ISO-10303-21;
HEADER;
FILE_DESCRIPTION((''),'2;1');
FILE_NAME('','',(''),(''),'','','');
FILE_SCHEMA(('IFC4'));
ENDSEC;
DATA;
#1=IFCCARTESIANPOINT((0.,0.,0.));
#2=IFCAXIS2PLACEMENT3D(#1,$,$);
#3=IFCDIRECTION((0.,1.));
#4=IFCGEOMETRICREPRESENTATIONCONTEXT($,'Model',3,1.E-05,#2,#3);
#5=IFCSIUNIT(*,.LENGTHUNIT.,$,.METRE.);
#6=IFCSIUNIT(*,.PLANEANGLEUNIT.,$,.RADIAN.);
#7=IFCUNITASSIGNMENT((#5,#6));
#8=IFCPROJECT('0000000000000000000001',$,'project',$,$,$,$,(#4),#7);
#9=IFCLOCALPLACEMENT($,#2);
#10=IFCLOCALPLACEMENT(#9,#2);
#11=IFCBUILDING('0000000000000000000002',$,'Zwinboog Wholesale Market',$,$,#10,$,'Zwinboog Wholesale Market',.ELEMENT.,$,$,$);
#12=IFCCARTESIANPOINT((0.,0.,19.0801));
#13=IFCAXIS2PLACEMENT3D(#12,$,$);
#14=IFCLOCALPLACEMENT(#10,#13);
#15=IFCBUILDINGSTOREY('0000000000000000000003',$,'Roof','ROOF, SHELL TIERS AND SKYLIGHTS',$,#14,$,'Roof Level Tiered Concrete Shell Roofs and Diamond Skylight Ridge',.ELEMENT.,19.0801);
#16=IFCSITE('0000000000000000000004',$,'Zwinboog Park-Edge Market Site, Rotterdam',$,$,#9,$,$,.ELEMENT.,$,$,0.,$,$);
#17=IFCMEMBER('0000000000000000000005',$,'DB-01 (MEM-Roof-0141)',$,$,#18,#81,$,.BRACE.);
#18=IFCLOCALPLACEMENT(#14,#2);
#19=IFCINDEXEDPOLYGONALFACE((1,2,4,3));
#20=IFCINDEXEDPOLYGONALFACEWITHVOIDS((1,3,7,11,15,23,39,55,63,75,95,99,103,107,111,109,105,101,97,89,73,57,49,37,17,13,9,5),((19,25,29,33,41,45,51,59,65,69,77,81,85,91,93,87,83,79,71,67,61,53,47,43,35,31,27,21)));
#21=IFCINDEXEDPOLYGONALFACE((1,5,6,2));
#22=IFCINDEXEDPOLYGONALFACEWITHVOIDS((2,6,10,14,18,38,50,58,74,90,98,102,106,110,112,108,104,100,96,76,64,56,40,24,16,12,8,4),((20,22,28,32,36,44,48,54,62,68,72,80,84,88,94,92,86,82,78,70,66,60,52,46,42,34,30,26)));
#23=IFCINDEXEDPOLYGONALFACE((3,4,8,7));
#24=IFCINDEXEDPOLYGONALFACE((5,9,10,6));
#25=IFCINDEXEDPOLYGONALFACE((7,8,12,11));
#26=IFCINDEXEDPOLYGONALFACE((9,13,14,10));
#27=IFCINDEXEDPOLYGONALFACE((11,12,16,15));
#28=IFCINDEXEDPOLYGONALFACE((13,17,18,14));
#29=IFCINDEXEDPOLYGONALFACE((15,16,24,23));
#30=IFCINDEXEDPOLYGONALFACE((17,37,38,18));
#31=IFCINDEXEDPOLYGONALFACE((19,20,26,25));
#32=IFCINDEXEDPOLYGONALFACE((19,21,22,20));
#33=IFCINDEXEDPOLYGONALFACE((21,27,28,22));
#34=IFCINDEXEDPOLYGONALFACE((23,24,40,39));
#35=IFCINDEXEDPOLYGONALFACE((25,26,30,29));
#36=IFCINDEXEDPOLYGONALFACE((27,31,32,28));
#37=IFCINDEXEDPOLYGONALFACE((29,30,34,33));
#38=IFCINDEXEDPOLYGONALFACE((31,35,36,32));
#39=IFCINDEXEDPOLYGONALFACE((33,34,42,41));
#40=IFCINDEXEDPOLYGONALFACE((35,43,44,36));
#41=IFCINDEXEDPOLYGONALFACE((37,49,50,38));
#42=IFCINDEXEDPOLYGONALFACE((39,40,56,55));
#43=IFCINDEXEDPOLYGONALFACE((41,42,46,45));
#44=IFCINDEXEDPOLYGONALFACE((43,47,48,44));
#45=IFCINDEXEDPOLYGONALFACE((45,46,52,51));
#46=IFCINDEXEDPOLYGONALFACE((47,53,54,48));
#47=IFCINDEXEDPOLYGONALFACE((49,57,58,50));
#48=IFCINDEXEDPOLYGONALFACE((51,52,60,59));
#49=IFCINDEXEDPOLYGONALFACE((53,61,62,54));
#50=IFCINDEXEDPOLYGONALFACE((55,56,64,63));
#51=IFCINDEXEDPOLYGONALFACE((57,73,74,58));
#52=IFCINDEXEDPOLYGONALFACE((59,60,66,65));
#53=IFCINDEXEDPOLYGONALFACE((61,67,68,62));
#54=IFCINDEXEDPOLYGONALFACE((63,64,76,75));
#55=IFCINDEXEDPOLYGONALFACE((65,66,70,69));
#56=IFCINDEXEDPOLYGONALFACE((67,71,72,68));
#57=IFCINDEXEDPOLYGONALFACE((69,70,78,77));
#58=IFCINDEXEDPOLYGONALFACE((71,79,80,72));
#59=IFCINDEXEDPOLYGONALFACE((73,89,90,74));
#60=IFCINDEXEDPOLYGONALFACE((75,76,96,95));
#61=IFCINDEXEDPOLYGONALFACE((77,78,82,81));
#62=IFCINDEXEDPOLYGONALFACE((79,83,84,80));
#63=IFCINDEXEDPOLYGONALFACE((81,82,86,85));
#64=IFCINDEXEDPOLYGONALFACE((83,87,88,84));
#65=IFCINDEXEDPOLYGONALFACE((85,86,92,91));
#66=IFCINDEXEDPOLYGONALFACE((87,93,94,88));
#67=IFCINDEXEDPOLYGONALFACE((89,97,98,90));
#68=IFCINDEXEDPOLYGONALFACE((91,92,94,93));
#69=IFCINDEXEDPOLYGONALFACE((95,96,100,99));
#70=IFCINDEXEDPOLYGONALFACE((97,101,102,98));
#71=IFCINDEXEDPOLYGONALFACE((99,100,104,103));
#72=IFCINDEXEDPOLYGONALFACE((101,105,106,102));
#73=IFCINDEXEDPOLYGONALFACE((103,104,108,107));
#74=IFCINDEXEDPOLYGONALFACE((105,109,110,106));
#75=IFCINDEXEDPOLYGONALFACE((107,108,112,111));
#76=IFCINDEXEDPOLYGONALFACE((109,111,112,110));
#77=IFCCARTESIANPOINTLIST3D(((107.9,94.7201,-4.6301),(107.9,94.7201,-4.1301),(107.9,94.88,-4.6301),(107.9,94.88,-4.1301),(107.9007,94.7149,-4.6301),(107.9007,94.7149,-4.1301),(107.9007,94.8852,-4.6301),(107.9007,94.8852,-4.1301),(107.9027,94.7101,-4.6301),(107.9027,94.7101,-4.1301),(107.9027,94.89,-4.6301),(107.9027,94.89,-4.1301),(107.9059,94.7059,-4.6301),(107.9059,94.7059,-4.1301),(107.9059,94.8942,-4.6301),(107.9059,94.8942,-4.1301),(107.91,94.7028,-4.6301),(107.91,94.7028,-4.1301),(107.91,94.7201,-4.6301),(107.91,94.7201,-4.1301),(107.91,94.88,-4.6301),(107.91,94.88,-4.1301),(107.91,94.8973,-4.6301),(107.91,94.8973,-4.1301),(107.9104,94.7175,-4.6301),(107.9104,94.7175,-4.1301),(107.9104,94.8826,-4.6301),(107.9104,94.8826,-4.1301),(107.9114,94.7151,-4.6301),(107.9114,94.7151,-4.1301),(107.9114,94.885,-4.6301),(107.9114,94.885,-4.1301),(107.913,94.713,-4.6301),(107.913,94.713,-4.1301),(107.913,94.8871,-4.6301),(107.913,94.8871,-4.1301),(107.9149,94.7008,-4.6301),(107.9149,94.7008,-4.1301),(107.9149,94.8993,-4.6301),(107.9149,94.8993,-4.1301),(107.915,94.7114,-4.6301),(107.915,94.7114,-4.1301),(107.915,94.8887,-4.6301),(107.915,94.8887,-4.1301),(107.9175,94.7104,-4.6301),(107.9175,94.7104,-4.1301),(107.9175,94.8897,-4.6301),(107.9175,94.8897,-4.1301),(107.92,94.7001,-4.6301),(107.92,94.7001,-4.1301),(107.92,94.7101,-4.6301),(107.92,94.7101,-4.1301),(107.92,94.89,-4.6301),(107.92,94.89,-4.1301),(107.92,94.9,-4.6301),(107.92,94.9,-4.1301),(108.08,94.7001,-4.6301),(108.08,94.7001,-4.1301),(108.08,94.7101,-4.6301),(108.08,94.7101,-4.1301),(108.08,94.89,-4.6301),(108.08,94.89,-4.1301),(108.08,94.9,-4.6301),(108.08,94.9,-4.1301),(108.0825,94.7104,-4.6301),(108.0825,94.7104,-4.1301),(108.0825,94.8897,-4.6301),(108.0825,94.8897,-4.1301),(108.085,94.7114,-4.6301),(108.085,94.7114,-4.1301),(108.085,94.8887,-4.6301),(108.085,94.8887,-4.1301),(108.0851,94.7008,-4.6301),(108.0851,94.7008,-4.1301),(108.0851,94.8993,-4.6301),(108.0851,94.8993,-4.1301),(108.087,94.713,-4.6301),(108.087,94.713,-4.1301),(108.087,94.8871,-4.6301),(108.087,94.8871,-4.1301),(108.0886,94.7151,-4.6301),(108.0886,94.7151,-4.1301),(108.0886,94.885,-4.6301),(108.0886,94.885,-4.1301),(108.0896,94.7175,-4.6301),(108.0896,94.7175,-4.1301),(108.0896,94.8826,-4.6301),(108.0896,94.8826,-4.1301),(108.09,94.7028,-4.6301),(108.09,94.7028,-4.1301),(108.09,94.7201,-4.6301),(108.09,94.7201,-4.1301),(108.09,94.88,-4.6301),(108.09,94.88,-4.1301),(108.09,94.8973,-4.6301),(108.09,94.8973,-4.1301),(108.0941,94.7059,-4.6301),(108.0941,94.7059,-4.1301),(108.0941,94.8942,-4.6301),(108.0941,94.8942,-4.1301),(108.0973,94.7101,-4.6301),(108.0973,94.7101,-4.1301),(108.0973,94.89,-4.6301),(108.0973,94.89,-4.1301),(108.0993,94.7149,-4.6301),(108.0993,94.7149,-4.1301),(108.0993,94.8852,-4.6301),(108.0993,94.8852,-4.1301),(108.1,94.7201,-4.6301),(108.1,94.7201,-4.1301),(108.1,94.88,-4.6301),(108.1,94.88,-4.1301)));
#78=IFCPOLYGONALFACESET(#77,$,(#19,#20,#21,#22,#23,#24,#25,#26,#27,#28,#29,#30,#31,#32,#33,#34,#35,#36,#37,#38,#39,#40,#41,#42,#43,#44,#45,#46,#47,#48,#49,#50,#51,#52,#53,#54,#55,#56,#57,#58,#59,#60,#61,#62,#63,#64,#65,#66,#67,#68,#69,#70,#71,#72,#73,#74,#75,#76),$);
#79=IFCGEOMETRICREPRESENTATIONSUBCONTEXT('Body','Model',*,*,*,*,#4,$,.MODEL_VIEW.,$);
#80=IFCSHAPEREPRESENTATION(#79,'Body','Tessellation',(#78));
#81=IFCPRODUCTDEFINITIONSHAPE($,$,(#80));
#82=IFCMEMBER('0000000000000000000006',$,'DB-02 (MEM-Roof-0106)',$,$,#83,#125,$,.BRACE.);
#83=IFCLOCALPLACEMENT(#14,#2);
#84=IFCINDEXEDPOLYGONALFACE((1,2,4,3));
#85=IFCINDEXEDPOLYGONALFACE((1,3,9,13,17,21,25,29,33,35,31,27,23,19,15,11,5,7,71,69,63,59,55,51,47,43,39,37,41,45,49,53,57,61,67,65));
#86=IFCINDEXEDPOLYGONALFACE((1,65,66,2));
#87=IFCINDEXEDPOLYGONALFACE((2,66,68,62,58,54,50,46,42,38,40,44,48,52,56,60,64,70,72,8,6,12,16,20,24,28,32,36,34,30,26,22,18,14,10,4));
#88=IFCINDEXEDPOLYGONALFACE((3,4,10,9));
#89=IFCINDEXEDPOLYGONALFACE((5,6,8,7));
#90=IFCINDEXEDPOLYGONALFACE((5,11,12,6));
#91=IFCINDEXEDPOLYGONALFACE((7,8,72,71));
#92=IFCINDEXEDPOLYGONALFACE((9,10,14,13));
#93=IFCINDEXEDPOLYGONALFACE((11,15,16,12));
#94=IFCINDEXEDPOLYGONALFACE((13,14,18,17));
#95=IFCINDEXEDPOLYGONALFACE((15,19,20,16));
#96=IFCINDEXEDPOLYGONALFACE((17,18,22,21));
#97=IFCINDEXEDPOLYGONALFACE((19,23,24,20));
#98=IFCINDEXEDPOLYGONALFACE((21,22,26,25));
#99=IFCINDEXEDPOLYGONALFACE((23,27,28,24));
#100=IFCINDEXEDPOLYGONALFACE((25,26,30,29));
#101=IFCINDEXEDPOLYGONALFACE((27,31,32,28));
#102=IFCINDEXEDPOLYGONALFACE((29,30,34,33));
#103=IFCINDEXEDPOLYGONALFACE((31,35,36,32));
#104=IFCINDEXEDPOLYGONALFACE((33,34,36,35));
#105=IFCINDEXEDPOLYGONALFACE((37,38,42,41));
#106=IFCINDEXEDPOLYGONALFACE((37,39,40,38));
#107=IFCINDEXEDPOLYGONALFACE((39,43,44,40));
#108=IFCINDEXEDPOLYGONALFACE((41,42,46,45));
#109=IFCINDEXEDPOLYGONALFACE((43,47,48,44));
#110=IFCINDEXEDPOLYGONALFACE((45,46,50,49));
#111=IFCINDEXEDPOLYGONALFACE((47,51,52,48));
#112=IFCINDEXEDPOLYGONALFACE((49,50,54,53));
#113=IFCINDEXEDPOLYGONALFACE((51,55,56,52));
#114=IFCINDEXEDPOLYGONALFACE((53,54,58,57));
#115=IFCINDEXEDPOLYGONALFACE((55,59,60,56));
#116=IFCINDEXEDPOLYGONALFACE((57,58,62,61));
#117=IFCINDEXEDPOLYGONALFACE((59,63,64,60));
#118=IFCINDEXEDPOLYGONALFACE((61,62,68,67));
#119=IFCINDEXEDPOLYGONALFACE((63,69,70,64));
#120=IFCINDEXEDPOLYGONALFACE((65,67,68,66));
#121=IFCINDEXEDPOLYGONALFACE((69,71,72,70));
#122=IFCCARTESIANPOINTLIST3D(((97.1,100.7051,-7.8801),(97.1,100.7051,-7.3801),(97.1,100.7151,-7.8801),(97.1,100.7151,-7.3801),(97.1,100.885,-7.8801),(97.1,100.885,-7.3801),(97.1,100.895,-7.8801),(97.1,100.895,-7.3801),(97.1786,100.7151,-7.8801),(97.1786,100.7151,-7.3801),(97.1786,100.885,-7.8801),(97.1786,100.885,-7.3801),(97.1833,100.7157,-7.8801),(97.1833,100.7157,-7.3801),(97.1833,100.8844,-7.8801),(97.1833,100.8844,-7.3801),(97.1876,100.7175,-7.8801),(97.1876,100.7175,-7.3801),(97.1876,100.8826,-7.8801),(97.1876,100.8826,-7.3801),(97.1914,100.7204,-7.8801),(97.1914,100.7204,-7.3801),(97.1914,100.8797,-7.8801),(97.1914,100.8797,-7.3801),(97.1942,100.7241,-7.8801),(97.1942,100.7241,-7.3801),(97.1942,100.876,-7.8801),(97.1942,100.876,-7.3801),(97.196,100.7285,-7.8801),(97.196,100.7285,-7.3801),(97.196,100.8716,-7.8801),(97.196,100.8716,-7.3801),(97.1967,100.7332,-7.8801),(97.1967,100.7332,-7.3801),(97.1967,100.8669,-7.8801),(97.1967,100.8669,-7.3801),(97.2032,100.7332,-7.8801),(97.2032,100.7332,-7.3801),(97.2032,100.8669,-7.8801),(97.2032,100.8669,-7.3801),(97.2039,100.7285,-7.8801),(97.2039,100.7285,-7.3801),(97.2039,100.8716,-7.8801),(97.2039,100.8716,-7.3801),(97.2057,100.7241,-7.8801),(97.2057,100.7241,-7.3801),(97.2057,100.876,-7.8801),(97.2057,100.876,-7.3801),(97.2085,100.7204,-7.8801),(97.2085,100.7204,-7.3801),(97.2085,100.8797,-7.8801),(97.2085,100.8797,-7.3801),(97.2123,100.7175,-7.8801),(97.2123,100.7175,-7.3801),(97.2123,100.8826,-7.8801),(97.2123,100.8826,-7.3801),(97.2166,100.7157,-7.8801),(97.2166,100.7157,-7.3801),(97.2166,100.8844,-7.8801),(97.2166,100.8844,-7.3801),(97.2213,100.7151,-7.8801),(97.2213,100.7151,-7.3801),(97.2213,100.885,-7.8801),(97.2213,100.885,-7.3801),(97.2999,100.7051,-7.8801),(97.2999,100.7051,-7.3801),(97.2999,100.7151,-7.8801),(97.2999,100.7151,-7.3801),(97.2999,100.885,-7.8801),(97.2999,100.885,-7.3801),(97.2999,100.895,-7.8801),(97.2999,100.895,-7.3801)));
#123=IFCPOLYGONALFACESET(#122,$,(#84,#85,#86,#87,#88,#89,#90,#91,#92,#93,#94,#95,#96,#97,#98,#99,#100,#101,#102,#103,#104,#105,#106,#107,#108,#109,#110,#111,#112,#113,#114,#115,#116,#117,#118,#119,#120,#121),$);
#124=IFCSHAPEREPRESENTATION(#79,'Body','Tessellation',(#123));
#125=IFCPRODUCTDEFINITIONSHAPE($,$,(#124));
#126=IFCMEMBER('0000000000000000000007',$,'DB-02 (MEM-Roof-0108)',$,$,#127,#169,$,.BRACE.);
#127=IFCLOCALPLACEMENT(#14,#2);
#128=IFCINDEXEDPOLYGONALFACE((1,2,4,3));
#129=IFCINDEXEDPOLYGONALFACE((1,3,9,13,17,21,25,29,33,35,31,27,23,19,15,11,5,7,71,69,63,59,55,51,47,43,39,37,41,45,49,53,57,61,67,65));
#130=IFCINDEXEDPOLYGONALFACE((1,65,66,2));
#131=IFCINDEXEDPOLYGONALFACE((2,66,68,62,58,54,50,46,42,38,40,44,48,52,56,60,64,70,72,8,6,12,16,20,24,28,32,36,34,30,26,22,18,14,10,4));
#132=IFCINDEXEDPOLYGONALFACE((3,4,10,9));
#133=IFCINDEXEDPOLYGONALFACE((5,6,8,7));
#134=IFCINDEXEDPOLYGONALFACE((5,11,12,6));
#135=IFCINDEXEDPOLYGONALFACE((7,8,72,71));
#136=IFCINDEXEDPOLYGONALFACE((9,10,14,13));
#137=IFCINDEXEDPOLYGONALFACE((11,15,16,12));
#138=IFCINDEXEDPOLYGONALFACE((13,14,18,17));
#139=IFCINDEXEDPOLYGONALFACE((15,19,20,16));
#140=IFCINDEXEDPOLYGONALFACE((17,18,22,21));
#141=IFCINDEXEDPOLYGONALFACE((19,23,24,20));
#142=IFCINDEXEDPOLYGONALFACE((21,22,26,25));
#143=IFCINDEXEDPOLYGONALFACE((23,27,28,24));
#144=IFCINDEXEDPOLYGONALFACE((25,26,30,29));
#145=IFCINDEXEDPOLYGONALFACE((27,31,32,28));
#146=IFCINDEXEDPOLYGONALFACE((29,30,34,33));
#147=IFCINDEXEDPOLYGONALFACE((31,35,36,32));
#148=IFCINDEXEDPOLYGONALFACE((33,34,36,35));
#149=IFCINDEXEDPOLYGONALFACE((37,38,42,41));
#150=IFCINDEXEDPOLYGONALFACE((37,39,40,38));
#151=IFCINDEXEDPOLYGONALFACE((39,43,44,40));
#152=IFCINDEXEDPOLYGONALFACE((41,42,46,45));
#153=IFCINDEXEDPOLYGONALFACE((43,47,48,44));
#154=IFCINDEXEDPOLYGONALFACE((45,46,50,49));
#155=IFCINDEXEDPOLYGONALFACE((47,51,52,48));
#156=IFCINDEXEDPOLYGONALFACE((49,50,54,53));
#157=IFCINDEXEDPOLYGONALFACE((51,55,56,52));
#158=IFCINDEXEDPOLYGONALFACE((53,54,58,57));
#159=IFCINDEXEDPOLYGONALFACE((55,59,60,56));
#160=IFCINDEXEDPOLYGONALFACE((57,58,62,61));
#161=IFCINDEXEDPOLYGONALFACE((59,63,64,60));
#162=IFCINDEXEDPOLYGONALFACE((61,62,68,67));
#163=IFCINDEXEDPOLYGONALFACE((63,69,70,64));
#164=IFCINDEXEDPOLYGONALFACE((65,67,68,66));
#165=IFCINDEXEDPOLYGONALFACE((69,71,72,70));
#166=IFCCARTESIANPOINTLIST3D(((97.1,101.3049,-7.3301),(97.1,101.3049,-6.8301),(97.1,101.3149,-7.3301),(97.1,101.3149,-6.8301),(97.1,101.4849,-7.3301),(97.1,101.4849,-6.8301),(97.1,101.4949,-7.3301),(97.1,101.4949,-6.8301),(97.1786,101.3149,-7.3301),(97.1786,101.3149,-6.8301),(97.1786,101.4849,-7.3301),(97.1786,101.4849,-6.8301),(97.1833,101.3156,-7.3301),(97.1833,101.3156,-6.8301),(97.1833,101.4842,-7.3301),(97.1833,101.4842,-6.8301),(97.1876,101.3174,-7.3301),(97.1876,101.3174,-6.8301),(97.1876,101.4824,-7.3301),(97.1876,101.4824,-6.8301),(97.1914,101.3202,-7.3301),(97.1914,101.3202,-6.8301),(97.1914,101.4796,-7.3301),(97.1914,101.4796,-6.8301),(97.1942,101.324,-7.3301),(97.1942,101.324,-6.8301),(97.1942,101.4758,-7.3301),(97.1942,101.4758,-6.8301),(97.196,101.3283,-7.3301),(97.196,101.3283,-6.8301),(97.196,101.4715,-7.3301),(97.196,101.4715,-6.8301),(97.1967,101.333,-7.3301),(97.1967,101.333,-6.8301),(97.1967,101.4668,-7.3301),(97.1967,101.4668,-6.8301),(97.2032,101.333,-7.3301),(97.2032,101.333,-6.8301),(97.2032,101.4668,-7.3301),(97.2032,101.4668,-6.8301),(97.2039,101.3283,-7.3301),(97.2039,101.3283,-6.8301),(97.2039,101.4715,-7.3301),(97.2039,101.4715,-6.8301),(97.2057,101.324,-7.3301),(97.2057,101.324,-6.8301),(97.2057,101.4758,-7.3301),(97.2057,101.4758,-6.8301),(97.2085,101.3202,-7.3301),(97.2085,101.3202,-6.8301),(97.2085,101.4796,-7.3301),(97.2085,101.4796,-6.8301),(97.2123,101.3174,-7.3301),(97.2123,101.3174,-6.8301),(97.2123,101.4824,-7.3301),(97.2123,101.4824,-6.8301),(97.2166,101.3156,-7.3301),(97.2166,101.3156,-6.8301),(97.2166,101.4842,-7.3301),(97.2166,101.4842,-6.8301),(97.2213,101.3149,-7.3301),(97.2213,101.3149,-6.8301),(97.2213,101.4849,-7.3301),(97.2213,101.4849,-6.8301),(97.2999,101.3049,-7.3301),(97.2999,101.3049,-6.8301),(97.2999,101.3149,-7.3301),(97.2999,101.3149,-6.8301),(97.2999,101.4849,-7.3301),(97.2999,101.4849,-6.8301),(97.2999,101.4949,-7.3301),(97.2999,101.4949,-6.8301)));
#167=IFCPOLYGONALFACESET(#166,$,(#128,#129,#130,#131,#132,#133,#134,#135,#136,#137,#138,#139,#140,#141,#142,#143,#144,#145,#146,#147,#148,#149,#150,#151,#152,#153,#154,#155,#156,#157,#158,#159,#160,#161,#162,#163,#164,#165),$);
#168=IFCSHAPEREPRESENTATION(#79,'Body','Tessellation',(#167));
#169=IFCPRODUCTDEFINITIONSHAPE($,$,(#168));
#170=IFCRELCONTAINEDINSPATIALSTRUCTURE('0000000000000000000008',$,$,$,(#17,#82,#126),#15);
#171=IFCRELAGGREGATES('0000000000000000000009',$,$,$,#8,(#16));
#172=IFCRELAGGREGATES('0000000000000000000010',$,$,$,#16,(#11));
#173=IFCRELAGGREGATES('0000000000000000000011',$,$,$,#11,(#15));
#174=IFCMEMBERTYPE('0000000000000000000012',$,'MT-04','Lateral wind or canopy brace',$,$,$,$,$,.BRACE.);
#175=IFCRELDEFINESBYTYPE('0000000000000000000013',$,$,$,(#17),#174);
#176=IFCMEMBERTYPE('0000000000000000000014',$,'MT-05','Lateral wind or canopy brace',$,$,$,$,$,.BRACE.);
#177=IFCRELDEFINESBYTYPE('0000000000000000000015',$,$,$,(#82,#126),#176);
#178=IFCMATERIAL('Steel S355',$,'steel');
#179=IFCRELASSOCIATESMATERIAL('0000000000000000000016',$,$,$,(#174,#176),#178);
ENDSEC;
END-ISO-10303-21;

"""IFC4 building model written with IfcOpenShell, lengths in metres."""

from ifc_helpers import new_model, si_unit, direction, frame, origin, origin_2d, place, context, subcontext, project, spatial, hollow_rectangle, i_section, extrude, material, material_profile, profile_set, type_object, element, save


model = new_model("IFC4")

# Units and contexts
model_context = context("Model", 3, precision=1e-05, world=origin(), true_north=direction((0.0, 1.0)))
body_context = subcontext(model_context, "Body", "Model", "MODEL_VIEW")
ifc_project = project(units=[si_unit("LENGTHUNIT", "METRE"), si_unit("PLANEANGLEUNIT", "RADIAN")], contexts=[model_context])

# Site, building, storey
site_placement = place(None, origin())
site = spatial("IfcSite", under=ifc_project, at=site_placement, Name="Zwinboog Park-Edge Market Site, Rotterdam", CompositionType="ELEMENT", RefElevation=0.0)
building_placement = place(site_placement, origin())
building = spatial("IfcBuilding", under=site, at=building_placement, Name="Zwinboog Wholesale Market", LongName="Zwinboog Wholesale Market", CompositionType="ELEMENT")
storey_placement = place(building_placement, frame((0.0, 0.0, 19.0801)))
storey = spatial("IfcBuildingStorey", under=building, at=storey_placement, Name="Roof", Description="ROOF, SHELL TIERS AND SKYLIGHTS", LongName="Roof Level Tiered Concrete Shell Roofs and Diamond Skylight Ridge", CompositionType="ELEMENT", Elevation=19.0801)

# Members
ifc_material_1 = material(Name="Steel S355", Category="steel")
ifc_material_profile_1 = material_profile(ifc_material_1, hollow_rectangle(XDim=0.2, YDim=0.2, WallThickness=0.01, InnerFilletRadius=0.01, OuterFilletRadius=0.02, at=origin_2d()), Name="SHS 200x200x10")
ifc_profile_set_1 = profile_set([ifc_material_profile_1], Name="Steel S355")
member_type_1 = type_object("IfcMemberType", Name="MT-04", Description="Lateral wind or canopy brace", PredefinedType="BRACE", material=ifc_profile_set_1)
for number, where, z_axis, x_axis, name in (
    (1, (108.0, 94.8, -4.6301), (0.0, 0.0, 1.0), (1.0, 0.0, 0.0), "DB-01 (MEM-Roof-0141)"),
):
    element("IfcMember", number, at=place(storey_placement, frame(where, z_axis=z_axis, x_axis=x_axis)), inside=storey, type_object=member_type_1, Name=name, PredefinedType="BRACE", context=body_context, shape_type="SweptSolid", body=[
        extrude(hollow_rectangle(XDim=0.2, YDim=0.2, WallThickness=0.01, InnerFilletRadius=0.01, OuterFilletRadius=0.02, at=origin_2d()), origin(), (0.0, 0.0, 1.0), 0.5),
    ])
ifc_material_profile_2 = material_profile(ifc_material_1, i_section(OverallWidth=0.2, OverallDepth=0.1899, WebThickness=0.0066, FlangeThickness=0.01, FilletRadius=0.0181, at=origin_2d()), Name="HEA 200")
ifc_profile_set_2 = profile_set([ifc_material_profile_2], Name="Steel S355")
member_type_2 = type_object("IfcMemberType", Name="MT-05", Description="Lateral wind or canopy brace", PredefinedType="BRACE", material=ifc_profile_set_2)
for number, where, z_axis, x_axis, name in (
    (2, (97.2, 100.8, -7.8801), (0.0, 0.0, 1.0), (1.0, 0.0, 0.0), "DB-02 (MEM-Roof-0106)"),
    (3, (97.2, 101.3999, -7.3301), (0.0, 0.0, 1.0), (1.0, 0.0, 0.0), "DB-02 (MEM-Roof-0108)"),
):
    element("IfcMember", number, at=place(storey_placement, frame(where, z_axis=z_axis, x_axis=x_axis)), inside=storey, type_object=member_type_2, Name=name, PredefinedType="BRACE", context=body_context, shape_type="SweptSolid", body=[
        extrude(i_section(OverallWidth=0.2, OverallDepth=0.1899, WebThickness=0.0066, FlangeThickness=0.01, FilletRadius=0.0181, at=origin_2d()), origin(), (0.0, 0.0, 1.0), 0.5),
    ])

save(model, "model.ifc")
